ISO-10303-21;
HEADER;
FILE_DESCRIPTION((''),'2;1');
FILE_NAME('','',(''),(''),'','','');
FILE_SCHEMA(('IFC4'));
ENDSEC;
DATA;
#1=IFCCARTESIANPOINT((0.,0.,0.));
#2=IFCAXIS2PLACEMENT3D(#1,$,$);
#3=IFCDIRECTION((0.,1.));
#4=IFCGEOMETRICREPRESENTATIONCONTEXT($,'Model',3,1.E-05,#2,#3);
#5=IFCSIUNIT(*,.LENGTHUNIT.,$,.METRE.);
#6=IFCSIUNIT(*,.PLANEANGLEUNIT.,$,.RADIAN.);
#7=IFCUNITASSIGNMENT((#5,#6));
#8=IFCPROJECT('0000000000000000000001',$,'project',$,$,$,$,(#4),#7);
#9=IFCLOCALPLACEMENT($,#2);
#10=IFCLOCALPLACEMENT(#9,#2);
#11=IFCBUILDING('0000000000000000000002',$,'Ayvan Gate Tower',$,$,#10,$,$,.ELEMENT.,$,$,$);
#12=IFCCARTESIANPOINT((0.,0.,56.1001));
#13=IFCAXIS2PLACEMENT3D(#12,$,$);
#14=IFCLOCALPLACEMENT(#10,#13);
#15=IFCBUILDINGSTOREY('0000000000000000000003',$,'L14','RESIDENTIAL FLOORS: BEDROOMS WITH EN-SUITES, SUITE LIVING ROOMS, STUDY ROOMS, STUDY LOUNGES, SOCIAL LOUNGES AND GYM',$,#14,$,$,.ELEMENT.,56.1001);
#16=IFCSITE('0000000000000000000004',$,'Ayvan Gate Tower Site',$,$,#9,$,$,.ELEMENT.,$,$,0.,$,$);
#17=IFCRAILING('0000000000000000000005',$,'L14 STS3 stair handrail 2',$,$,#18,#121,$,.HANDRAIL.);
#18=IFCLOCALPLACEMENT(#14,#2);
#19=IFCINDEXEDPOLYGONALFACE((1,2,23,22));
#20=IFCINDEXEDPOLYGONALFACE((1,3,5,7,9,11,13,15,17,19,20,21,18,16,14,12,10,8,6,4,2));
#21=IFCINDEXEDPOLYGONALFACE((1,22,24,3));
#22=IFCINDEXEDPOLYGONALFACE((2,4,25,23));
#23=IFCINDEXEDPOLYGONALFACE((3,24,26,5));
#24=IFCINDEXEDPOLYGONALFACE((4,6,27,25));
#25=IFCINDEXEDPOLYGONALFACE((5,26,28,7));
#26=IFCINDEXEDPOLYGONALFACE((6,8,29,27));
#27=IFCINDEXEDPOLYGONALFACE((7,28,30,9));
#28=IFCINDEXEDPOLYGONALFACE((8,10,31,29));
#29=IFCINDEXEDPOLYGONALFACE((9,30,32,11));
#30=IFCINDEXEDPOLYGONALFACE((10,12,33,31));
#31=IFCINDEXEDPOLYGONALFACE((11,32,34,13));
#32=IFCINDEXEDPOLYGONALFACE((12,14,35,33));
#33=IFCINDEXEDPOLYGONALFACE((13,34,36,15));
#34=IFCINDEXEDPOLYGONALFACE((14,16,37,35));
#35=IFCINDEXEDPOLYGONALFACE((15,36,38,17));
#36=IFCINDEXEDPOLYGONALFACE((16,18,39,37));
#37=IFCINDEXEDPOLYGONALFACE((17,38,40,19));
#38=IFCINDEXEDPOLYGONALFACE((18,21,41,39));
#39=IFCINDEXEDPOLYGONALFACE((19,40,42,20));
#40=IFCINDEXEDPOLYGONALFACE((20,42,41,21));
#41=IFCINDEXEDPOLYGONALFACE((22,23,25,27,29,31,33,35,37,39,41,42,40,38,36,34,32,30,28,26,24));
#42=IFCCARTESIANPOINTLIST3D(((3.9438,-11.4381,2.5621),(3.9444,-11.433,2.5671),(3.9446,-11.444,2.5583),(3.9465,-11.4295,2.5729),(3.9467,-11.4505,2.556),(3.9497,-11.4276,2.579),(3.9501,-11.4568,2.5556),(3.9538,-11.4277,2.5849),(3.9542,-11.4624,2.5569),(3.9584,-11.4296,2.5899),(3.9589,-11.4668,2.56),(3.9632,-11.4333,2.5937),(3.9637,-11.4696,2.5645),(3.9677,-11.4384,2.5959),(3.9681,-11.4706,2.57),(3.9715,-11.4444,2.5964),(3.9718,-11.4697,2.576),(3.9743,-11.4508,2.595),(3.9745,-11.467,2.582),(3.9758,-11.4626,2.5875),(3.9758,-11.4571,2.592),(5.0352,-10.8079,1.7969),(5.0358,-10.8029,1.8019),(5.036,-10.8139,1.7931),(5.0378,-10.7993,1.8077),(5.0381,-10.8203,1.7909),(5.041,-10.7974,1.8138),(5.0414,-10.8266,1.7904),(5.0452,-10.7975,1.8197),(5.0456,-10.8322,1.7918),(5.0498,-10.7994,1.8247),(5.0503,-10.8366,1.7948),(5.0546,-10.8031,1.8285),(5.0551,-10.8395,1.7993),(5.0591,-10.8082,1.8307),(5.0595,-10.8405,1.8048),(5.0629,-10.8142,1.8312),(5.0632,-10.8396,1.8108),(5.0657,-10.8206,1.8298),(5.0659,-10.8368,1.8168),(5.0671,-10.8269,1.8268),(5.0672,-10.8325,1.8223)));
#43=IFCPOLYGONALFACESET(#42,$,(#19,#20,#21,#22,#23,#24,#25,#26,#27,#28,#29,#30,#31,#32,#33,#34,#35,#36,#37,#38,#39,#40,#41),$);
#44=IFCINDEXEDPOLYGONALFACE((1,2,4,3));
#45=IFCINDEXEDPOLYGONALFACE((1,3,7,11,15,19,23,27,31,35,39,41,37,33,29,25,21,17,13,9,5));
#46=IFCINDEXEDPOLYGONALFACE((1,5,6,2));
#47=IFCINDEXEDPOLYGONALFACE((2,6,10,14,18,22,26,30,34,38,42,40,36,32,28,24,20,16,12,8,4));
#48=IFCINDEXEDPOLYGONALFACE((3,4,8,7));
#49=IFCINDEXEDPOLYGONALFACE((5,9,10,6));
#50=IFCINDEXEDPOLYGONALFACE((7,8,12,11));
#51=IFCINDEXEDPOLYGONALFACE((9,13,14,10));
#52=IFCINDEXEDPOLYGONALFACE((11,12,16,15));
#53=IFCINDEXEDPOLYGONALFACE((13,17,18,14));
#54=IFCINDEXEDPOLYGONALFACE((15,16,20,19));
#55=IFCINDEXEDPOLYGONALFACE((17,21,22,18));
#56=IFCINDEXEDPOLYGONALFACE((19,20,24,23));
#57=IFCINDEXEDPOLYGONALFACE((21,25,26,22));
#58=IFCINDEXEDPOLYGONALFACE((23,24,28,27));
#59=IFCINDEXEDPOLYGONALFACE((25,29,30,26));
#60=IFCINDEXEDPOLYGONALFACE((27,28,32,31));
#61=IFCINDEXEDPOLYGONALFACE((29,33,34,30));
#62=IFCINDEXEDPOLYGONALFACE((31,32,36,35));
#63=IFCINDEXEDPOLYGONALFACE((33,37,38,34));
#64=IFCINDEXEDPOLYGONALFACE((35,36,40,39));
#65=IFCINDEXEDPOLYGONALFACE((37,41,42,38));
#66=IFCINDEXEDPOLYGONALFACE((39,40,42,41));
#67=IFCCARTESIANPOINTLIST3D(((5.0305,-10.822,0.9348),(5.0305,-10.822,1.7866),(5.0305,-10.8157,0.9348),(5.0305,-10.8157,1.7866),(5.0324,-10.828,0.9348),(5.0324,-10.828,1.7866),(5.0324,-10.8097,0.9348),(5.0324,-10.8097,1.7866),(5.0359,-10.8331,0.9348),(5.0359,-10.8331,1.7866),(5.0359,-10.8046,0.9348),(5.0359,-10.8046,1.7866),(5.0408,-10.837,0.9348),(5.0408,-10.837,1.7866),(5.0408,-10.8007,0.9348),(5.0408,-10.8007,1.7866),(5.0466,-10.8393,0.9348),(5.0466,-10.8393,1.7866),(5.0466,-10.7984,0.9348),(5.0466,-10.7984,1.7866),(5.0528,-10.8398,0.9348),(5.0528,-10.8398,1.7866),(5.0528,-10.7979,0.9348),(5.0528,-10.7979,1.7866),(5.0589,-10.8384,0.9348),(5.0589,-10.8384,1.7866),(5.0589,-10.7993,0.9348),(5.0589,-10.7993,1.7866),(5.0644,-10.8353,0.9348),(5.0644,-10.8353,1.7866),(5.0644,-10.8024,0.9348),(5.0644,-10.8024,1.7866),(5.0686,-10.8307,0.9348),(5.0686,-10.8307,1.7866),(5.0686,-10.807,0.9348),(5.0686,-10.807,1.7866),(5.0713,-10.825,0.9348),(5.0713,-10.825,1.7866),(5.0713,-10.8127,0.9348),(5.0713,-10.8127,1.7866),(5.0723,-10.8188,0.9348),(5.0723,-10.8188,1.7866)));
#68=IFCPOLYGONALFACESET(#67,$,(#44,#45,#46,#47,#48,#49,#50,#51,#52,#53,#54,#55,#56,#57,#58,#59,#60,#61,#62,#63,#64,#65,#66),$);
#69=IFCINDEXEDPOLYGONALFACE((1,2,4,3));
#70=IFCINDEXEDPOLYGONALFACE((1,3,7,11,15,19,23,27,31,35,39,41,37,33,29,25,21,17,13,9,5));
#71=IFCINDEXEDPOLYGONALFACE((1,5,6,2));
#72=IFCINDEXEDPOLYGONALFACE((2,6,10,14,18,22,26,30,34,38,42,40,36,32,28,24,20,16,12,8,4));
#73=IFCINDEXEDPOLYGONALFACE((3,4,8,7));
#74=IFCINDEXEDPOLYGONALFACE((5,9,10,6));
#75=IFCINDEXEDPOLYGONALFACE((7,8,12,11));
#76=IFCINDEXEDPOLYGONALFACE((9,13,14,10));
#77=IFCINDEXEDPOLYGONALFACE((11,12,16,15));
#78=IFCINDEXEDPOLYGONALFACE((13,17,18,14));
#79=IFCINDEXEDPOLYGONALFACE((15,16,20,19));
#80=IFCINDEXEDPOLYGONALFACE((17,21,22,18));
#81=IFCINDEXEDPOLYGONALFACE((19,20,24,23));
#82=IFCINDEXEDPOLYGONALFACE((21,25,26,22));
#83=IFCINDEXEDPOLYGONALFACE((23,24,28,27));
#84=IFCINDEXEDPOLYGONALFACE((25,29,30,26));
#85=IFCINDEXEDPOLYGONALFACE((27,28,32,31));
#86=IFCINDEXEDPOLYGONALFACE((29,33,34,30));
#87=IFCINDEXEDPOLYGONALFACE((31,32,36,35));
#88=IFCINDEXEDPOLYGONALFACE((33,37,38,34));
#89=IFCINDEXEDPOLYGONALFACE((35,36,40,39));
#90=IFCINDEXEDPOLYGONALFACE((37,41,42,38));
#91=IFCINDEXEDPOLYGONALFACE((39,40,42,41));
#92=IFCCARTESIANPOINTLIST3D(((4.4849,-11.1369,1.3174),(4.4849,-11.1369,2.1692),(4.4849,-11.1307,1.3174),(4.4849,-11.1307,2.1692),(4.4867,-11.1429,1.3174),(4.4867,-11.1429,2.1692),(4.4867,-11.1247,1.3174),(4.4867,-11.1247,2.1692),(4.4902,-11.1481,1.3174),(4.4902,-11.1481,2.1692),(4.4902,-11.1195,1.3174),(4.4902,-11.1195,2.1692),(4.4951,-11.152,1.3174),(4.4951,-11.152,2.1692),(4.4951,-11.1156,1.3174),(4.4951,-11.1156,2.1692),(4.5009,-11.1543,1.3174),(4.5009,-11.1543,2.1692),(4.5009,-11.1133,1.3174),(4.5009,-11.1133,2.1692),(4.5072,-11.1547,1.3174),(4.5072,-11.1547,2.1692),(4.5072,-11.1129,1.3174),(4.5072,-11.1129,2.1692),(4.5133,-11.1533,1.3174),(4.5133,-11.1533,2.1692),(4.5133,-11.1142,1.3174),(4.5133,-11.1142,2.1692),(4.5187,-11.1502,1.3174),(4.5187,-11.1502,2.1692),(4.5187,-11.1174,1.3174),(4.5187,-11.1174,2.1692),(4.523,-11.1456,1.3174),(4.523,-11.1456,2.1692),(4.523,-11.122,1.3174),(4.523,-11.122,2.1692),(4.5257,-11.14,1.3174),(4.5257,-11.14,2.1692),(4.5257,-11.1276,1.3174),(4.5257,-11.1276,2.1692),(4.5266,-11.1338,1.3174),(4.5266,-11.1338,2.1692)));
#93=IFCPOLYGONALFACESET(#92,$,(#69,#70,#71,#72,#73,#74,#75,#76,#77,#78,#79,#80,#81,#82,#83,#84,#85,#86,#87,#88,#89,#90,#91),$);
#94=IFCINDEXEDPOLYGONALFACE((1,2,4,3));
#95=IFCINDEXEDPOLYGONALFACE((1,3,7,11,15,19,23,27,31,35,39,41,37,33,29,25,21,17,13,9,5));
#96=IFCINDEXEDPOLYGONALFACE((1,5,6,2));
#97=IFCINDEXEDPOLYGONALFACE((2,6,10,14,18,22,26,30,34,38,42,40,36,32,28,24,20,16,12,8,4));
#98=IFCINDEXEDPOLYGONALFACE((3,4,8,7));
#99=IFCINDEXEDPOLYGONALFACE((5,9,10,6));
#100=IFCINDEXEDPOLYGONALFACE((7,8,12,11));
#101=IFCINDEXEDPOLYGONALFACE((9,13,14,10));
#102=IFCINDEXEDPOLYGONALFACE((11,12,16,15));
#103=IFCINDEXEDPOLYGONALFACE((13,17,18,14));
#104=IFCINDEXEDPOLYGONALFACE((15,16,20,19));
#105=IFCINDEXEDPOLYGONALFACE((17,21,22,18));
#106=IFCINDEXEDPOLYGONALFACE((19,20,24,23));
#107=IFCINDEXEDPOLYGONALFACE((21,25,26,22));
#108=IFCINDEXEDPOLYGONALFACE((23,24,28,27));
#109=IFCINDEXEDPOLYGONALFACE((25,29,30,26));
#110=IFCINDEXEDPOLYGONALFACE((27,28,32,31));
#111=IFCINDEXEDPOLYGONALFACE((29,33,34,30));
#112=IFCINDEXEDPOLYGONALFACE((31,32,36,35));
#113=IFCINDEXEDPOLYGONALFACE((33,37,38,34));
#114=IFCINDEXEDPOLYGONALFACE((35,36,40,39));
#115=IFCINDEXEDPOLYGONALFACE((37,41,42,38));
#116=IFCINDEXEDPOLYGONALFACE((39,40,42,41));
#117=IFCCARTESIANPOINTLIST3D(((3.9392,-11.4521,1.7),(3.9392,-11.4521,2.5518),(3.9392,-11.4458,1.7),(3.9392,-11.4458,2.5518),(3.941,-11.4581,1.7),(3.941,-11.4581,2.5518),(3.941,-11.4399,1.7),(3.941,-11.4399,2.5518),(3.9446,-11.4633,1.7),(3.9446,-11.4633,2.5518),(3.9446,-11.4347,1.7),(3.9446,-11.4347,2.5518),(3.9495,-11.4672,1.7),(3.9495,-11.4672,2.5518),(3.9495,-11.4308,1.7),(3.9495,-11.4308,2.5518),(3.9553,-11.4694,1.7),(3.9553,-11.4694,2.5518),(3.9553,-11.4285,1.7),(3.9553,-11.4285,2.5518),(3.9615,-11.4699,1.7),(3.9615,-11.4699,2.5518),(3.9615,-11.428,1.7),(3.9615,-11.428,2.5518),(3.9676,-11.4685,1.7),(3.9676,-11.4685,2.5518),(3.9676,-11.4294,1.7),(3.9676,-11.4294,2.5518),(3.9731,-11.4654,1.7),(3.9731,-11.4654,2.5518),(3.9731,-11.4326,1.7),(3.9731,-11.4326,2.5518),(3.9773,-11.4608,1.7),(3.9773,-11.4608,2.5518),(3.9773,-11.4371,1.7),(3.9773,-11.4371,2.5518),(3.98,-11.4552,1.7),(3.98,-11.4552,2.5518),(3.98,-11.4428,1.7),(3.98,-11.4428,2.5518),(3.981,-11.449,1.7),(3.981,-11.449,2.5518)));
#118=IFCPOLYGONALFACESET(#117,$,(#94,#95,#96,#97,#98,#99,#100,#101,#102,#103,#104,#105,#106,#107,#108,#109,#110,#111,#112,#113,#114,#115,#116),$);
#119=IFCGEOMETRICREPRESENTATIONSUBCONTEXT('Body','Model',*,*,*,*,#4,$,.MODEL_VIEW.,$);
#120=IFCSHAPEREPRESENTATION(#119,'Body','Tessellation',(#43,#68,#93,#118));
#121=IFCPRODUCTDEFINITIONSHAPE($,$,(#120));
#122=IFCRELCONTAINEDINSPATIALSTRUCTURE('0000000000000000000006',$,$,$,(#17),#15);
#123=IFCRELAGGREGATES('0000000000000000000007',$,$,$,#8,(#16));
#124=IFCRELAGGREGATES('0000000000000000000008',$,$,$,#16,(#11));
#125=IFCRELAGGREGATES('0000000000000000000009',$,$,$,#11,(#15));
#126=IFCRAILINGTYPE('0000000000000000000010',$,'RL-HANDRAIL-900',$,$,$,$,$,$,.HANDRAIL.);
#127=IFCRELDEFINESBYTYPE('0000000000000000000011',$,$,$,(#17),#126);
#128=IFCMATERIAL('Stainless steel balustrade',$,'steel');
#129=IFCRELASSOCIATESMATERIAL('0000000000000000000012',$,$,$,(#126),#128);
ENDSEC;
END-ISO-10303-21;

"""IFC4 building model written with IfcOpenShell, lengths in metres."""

from ifc_helpers import new_model, si_unit, direction, frame, origin, origin_2d, place, context, subcontext, project, spatial, circle, extrude, material, type_object, element, save


model = new_model("IFC4")

# Units and contexts
model_context = context("Model", 3, precision=1e-05, world=origin(), true_north=direction((0.0, 1.0)))
body_context = subcontext(model_context, "Body", "Model", "MODEL_VIEW")
ifc_project = project(units=[si_unit("LENGTHUNIT", "METRE"), si_unit("PLANEANGLEUNIT", "RADIAN")], contexts=[model_context])

# Site, building, storey
site_placement = place(None, origin())
site = spatial("IfcSite", under=ifc_project, at=site_placement, Name="Ayvan Gate Tower Site", CompositionType="ELEMENT", RefElevation=0.0)
building_placement = place(site_placement, origin())
building = spatial("IfcBuilding", under=site, at=building_placement, Name="Ayvan Gate Tower", CompositionType="ELEMENT")
storey_placement = place(building_placement, frame((0.0, 0.0, 56.1001)))
storey = spatial("IfcBuildingStorey", under=building, at=storey_placement, Name="L14", Description="RESIDENTIAL FLOORS: BEDROOMS WITH EN-SUITES, SUITE LIVING ROOMS, STUDY ROOMS, STUDY LOUNGES, SOCIAL LOUNGES AND GYM", CompositionType="ELEMENT", Elevation=56.1001)

# Railing
ifc_material_1 = material(Name="Stainless steel balustrade", Category="steel")
railing_type_1 = type_object("IfcRailingType", Name="RL-HANDRAIL-900", PredefinedType="HANDRAIL", material=ifc_material_1)
railing_1_placement = place(storey_placement, frame((5.0513, -10.8188, 0.9348)))
element("IfcRailing", 1, at=railing_1_placement, inside=storey, type_object=railing_type_1, Name="L14 STS3 stair handrail 2", PredefinedType="HANDRAIL", context=body_context, shape_type="SweptSolid", body=[
    extrude(circle(Radius=0.0239, at=origin_2d()), frame((0.0, 0.0, 0.876), z_axis=(-0.740241, -0.427419, 0.518996), x_axis=(0.500035, -0.866005, 0.0)), (0.0, 0.0, 1.0), 1.4744),
    extrude(circle(Radius=0.021, at=origin_2d()), origin(), (0.0, 0.0, 1.0), 0.8518),
    extrude(circle(Radius=0.021, at=origin_2d()), frame((-0.5457, -0.3149, 0.3826)), (0.0, 0.0, 1.0), 0.8518),
    extrude(circle(Radius=0.021, at=origin_2d()), frame((-1.0913, -0.6301, 0.7651)), (0.0, 0.0, 1.0), 0.8518),
])

save(model, "model.ifc")
